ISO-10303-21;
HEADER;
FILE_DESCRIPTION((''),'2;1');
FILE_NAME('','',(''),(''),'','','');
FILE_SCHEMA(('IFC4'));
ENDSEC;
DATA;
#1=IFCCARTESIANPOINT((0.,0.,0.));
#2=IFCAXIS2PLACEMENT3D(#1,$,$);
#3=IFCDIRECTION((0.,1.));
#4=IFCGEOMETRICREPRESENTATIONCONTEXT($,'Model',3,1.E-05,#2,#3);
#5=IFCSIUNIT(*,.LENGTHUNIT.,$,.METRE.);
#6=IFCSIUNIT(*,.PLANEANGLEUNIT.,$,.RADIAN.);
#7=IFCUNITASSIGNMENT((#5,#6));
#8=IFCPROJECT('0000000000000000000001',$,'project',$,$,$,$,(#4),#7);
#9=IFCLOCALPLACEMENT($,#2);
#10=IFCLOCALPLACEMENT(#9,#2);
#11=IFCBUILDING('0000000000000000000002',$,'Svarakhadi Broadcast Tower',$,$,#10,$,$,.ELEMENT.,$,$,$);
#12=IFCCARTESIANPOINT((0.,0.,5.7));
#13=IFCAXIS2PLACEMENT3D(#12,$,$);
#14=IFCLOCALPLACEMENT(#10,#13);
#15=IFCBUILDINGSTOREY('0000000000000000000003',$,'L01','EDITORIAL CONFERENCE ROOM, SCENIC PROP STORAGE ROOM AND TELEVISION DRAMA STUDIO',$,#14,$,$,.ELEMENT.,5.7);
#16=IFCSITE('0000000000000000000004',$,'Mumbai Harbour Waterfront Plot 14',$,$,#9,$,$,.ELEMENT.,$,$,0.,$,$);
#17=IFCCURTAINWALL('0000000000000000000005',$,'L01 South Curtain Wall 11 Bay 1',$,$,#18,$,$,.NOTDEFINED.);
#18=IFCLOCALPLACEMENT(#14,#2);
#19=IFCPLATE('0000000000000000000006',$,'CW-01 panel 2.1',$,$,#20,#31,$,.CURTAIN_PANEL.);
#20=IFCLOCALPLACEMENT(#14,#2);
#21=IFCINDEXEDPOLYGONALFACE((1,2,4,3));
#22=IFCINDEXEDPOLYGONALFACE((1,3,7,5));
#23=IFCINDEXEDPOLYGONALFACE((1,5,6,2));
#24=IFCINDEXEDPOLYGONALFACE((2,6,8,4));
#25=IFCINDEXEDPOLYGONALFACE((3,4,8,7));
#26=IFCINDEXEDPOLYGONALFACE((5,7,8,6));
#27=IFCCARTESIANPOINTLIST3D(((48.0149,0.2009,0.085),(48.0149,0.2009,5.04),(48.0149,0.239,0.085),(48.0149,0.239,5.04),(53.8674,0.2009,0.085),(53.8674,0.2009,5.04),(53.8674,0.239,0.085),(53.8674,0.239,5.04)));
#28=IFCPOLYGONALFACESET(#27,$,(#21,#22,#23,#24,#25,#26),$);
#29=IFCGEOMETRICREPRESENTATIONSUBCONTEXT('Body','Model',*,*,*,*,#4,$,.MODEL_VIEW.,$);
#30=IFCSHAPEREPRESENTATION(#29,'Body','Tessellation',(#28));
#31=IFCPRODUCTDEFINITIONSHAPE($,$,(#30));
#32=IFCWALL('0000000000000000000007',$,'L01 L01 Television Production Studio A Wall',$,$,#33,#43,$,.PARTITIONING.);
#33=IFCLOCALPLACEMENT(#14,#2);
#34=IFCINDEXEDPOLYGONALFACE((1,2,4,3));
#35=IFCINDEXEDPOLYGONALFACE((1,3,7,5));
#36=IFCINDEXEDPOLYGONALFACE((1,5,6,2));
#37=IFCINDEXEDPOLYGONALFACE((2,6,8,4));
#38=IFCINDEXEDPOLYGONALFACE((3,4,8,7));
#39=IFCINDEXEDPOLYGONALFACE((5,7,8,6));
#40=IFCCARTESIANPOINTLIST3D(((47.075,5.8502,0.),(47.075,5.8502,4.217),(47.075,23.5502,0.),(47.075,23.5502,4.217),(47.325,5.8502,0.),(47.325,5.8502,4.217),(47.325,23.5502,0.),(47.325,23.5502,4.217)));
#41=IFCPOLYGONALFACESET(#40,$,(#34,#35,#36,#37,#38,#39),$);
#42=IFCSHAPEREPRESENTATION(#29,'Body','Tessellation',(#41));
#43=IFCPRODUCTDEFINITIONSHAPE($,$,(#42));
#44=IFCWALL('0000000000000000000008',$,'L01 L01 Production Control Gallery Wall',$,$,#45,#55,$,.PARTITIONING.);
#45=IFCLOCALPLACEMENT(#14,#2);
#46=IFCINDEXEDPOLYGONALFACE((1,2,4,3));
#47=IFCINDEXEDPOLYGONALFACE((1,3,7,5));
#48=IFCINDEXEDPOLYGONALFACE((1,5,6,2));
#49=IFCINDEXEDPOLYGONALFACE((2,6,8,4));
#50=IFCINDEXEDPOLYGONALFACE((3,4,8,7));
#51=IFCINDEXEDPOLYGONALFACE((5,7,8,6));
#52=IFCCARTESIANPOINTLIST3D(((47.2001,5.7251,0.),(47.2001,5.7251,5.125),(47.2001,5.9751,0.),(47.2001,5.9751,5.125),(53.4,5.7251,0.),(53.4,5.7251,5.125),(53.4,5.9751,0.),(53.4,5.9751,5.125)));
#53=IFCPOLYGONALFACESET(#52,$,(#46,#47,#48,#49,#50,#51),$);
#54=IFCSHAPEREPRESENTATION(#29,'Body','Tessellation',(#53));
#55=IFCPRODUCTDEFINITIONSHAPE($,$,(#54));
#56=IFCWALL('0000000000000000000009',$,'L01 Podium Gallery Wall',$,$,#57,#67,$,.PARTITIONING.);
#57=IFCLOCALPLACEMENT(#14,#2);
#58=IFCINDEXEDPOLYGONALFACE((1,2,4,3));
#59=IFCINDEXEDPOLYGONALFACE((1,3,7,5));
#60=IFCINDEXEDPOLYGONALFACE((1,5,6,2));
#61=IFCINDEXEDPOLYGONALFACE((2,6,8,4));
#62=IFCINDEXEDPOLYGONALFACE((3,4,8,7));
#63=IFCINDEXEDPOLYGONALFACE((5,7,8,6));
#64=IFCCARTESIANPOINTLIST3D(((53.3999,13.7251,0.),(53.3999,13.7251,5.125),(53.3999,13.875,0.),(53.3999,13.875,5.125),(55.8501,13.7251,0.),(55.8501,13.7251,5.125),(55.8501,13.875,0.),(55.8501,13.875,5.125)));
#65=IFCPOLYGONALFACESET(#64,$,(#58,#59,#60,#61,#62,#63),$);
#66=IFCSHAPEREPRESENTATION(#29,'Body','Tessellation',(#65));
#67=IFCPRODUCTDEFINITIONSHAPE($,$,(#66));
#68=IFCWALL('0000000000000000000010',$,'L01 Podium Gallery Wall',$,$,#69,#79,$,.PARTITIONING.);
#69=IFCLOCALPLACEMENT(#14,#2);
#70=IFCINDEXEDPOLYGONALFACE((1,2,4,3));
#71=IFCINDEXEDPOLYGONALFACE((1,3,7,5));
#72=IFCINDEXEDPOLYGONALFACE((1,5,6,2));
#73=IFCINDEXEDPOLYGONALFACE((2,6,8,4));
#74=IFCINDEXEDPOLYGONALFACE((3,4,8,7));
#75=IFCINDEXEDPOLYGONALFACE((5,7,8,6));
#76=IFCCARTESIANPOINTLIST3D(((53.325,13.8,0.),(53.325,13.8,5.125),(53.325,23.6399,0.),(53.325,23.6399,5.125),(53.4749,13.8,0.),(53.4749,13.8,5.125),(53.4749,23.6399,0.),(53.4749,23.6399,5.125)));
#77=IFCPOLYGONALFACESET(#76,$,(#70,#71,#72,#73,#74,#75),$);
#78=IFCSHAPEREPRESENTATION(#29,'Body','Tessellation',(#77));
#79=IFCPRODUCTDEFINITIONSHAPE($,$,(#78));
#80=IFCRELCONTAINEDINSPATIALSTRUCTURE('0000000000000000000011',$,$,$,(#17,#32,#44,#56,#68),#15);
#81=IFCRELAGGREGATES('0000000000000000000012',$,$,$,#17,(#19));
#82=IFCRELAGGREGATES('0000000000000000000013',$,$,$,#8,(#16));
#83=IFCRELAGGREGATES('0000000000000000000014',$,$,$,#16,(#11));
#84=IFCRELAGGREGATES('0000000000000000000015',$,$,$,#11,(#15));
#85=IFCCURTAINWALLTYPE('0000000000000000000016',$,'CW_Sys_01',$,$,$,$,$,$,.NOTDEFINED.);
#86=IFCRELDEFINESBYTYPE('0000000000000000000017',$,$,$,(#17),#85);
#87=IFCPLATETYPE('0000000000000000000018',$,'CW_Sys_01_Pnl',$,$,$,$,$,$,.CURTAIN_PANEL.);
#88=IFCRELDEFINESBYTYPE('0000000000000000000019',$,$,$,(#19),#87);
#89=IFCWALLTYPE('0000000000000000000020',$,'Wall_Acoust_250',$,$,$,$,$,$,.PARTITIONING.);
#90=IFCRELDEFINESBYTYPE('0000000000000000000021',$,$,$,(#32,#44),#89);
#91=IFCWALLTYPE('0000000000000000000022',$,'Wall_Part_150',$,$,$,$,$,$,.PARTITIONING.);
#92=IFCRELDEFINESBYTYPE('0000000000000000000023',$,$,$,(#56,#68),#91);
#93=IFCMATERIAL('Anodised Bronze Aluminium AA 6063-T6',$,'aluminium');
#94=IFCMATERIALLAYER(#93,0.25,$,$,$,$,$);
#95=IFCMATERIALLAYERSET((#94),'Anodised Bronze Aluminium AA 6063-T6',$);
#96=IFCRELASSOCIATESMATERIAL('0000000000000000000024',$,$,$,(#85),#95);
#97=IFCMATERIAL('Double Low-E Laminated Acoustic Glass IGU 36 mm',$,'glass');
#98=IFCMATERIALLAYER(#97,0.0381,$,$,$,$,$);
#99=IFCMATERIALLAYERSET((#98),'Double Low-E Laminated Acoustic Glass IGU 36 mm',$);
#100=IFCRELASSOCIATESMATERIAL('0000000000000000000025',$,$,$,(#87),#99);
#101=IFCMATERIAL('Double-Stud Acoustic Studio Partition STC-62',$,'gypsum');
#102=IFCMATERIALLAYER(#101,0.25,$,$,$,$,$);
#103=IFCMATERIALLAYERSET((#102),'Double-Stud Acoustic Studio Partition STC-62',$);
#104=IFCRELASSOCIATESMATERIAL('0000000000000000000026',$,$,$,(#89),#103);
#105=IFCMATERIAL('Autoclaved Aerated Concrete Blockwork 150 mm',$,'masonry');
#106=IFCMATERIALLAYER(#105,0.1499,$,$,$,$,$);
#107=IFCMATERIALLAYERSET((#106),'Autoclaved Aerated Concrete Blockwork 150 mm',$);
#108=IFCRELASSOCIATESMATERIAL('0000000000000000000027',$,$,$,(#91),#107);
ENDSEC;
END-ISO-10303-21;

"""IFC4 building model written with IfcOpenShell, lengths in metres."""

from ifc_helpers import new_model, si_unit, direction, frame, frame_2d, origin, origin_2d, place, context, subcontext, project, spatial, rectangle, extrude, material, layer, layer_set, type_object, element, aggregate, save


model = new_model("IFC4")

# Units and contexts
model_context = context("Model", 3, precision=1e-05, world=origin(), true_north=direction((0.0, 1.0)))
body_context = subcontext(model_context, "Body", "Model", "MODEL_VIEW")
ifc_project = project(units=[si_unit("LENGTHUNIT", "METRE"), si_unit("PLANEANGLEUNIT", "RADIAN")], contexts=[model_context])

# Site, building, storey
site_placement = place(None, origin())
site = spatial("IfcSite", under=ifc_project, at=site_placement, Name="Mumbai Harbour Waterfront Plot 14", CompositionType="ELEMENT", RefElevation=0.0)
building_placement = place(site_placement, origin())
building = spatial("IfcBuilding", under=site, at=building_placement, Name="Svarakhadi Broadcast Tower", CompositionType="ELEMENT")
storey_placement = place(building_placement, frame((0.0, 0.0, 5.7)))
storey = spatial("IfcBuildingStorey", under=building, at=storey_placement, Name="L01", Description="EDITORIAL CONFERENCE ROOM, SCENIC PROP STORAGE ROOM AND TELEVISION DRAMA STUDIO", CompositionType="ELEMENT", Elevation=5.7)

# Curtain wall
ifc_material_1 = material(Name="Anodised Bronze Aluminium AA 6063-T6", Category="aluminium")
ifc_layer_1 = layer(ifc_material_1, 0.25)
ifc_layer_set_1 = layer_set([ifc_layer_1], Name="Anodised Bronze Aluminium AA 6063-T6")
curtain_wall_type = type_object("IfcCurtainWallType", Name="CW_Sys_01", PredefinedType="NOTDEFINED", material=ifc_layer_set_1)
curtain_wall_1_placement = place(storey_placement, origin())
curtain_wall_1 = element("IfcCurtainWall", 1, at=curtain_wall_1_placement, inside=storey, type_object=curtain_wall_type, Name="L01 South Curtain Wall 11 Bay 1", PredefinedType="NOTDEFINED")

# Plate
ifc_material_2 = material(Name="Double Low-E Laminated Acoustic Glass IGU 36 mm", Category="glass")
ifc_layer_2 = layer(ifc_material_2, 0.0381)
ifc_layer_set_2 = layer_set([ifc_layer_2], Name="Double Low-E Laminated Acoustic Glass IGU 36 mm")
plate_type = type_object("IfcPlateType", Name="CW_Sys_01_Pnl", PredefinedType="CURTAIN_PANEL", material=ifc_layer_set_2)
plate_placement = place(storey_placement, frame((50.9412, 0.22, 0.085), z_axis=(0.0, 0.0, 1.0), x_axis=(-1.0, 0.0, 0.0)))
plate = element("IfcPlate", 2, at=plate_placement, type_object=plate_type, Name="CW-01 panel 2.1", PredefinedType="CURTAIN_PANEL", context=body_context, shape_type="SweptSolid", body=[
    extrude(rectangle(XDim=5.8525, YDim=0.0381, at=origin_2d()), origin(), (0.0, 0.0, 1.0), 4.9551),
])
aggregate(curtain_wall_1, [plate])

# Walls
ifc_material_3 = material(Name="Double-Stud Acoustic Studio Partition STC-62", Category="gypsum")
ifc_layer_3 = layer(ifc_material_3, 0.25)
ifc_layer_set_3 = layer_set([ifc_layer_3], Name="Double-Stud Acoustic Studio Partition STC-62")
wall_type_1 = type_object("IfcWallType", Name="Wall_Acoust_250", PredefinedType="PARTITIONING", material=ifc_layer_set_3)
wall_1_placement = place(storey_placement, frame((47.2, 5.8501, 0.0), z_axis=(0.0, 0.0, 1.0), x_axis=(0.0, 1.0, 0.0)))
element("IfcWall", 3, at=wall_1_placement, inside=storey, type_object=wall_type_1, Name="L01 L01 Television Production Studio A Wall", PredefinedType="PARTITIONING", context=body_context, shape_type="SweptSolid", body=[
    extrude(rectangle(XDim=17.7, YDim=0.25, at=frame_2d((8.8501, 0.0))), origin(), (0.0, 0.0, 1.0), 4.217),
])
wall_2_placement = place(storey_placement, frame((47.2, 5.8501, 0.0), z_axis=(0.0, 0.0, 1.0), x_axis=(1.0, 0.0, 0.0)))
element("IfcWall", 4, at=wall_2_placement, inside=storey, type_object=wall_type_1, Name="L01 L01 Production Control Gallery Wall", PredefinedType="PARTITIONING", context=body_context, shape_type="SweptSolid", body=[
    extrude(rectangle(XDim=6.2, YDim=0.25, at=frame_2d((3.1001, 0.0))), origin(), (0.0, 0.0, 1.0), 5.125),
])
ifc_material_4 = material(Name="Autoclaved Aerated Concrete Blockwork 150 mm", Category="masonry")
ifc_layer_4 = layer(ifc_material_4, 0.1499)
ifc_layer_set_4 = layer_set([ifc_layer_4], Name="Autoclaved Aerated Concrete Blockwork 150 mm")
wall_type_2 = type_object("IfcWallType", Name="Wall_Part_150", PredefinedType="PARTITIONING", material=ifc_layer_set_4)
wall_3_placement = place(storey_placement, frame((55.8501, 13.8, 0.0), z_axis=(0.0, 0.0, 1.0), x_axis=(-1.0, 0.0, 0.0)))
element("IfcWall", 5, at=wall_3_placement, inside=storey, type_object=wall_type_2, Name="L01 Podium Gallery Wall", PredefinedType="PARTITIONING", context=body_context, shape_type="SweptSolid", body=[
    extrude(rectangle(XDim=2.4502, YDim=0.1499, at=frame_2d((1.2251, 0.0))), origin(), (0.0, 0.0, 1.0), 5.125),
])
wall_4_placement = place(storey_placement, frame((53.3999, 13.8, 0.0), z_axis=(0.0, 0.0, 1.0), x_axis=(0.0, 1.0, 0.0)))
element("IfcWall", 6, at=wall_4_placement, inside=storey, type_object=wall_type_2, Name="L01 Podium Gallery Wall", PredefinedType="PARTITIONING", context=body_context, shape_type="SweptSolid", body=[
    extrude(rectangle(XDim=9.8398, YDim=0.1499, at=frame_2d((4.9199, 0.0))), origin(), (0.0, 0.0, 1.0), 5.125),
])

save(model, "model.ifc")
